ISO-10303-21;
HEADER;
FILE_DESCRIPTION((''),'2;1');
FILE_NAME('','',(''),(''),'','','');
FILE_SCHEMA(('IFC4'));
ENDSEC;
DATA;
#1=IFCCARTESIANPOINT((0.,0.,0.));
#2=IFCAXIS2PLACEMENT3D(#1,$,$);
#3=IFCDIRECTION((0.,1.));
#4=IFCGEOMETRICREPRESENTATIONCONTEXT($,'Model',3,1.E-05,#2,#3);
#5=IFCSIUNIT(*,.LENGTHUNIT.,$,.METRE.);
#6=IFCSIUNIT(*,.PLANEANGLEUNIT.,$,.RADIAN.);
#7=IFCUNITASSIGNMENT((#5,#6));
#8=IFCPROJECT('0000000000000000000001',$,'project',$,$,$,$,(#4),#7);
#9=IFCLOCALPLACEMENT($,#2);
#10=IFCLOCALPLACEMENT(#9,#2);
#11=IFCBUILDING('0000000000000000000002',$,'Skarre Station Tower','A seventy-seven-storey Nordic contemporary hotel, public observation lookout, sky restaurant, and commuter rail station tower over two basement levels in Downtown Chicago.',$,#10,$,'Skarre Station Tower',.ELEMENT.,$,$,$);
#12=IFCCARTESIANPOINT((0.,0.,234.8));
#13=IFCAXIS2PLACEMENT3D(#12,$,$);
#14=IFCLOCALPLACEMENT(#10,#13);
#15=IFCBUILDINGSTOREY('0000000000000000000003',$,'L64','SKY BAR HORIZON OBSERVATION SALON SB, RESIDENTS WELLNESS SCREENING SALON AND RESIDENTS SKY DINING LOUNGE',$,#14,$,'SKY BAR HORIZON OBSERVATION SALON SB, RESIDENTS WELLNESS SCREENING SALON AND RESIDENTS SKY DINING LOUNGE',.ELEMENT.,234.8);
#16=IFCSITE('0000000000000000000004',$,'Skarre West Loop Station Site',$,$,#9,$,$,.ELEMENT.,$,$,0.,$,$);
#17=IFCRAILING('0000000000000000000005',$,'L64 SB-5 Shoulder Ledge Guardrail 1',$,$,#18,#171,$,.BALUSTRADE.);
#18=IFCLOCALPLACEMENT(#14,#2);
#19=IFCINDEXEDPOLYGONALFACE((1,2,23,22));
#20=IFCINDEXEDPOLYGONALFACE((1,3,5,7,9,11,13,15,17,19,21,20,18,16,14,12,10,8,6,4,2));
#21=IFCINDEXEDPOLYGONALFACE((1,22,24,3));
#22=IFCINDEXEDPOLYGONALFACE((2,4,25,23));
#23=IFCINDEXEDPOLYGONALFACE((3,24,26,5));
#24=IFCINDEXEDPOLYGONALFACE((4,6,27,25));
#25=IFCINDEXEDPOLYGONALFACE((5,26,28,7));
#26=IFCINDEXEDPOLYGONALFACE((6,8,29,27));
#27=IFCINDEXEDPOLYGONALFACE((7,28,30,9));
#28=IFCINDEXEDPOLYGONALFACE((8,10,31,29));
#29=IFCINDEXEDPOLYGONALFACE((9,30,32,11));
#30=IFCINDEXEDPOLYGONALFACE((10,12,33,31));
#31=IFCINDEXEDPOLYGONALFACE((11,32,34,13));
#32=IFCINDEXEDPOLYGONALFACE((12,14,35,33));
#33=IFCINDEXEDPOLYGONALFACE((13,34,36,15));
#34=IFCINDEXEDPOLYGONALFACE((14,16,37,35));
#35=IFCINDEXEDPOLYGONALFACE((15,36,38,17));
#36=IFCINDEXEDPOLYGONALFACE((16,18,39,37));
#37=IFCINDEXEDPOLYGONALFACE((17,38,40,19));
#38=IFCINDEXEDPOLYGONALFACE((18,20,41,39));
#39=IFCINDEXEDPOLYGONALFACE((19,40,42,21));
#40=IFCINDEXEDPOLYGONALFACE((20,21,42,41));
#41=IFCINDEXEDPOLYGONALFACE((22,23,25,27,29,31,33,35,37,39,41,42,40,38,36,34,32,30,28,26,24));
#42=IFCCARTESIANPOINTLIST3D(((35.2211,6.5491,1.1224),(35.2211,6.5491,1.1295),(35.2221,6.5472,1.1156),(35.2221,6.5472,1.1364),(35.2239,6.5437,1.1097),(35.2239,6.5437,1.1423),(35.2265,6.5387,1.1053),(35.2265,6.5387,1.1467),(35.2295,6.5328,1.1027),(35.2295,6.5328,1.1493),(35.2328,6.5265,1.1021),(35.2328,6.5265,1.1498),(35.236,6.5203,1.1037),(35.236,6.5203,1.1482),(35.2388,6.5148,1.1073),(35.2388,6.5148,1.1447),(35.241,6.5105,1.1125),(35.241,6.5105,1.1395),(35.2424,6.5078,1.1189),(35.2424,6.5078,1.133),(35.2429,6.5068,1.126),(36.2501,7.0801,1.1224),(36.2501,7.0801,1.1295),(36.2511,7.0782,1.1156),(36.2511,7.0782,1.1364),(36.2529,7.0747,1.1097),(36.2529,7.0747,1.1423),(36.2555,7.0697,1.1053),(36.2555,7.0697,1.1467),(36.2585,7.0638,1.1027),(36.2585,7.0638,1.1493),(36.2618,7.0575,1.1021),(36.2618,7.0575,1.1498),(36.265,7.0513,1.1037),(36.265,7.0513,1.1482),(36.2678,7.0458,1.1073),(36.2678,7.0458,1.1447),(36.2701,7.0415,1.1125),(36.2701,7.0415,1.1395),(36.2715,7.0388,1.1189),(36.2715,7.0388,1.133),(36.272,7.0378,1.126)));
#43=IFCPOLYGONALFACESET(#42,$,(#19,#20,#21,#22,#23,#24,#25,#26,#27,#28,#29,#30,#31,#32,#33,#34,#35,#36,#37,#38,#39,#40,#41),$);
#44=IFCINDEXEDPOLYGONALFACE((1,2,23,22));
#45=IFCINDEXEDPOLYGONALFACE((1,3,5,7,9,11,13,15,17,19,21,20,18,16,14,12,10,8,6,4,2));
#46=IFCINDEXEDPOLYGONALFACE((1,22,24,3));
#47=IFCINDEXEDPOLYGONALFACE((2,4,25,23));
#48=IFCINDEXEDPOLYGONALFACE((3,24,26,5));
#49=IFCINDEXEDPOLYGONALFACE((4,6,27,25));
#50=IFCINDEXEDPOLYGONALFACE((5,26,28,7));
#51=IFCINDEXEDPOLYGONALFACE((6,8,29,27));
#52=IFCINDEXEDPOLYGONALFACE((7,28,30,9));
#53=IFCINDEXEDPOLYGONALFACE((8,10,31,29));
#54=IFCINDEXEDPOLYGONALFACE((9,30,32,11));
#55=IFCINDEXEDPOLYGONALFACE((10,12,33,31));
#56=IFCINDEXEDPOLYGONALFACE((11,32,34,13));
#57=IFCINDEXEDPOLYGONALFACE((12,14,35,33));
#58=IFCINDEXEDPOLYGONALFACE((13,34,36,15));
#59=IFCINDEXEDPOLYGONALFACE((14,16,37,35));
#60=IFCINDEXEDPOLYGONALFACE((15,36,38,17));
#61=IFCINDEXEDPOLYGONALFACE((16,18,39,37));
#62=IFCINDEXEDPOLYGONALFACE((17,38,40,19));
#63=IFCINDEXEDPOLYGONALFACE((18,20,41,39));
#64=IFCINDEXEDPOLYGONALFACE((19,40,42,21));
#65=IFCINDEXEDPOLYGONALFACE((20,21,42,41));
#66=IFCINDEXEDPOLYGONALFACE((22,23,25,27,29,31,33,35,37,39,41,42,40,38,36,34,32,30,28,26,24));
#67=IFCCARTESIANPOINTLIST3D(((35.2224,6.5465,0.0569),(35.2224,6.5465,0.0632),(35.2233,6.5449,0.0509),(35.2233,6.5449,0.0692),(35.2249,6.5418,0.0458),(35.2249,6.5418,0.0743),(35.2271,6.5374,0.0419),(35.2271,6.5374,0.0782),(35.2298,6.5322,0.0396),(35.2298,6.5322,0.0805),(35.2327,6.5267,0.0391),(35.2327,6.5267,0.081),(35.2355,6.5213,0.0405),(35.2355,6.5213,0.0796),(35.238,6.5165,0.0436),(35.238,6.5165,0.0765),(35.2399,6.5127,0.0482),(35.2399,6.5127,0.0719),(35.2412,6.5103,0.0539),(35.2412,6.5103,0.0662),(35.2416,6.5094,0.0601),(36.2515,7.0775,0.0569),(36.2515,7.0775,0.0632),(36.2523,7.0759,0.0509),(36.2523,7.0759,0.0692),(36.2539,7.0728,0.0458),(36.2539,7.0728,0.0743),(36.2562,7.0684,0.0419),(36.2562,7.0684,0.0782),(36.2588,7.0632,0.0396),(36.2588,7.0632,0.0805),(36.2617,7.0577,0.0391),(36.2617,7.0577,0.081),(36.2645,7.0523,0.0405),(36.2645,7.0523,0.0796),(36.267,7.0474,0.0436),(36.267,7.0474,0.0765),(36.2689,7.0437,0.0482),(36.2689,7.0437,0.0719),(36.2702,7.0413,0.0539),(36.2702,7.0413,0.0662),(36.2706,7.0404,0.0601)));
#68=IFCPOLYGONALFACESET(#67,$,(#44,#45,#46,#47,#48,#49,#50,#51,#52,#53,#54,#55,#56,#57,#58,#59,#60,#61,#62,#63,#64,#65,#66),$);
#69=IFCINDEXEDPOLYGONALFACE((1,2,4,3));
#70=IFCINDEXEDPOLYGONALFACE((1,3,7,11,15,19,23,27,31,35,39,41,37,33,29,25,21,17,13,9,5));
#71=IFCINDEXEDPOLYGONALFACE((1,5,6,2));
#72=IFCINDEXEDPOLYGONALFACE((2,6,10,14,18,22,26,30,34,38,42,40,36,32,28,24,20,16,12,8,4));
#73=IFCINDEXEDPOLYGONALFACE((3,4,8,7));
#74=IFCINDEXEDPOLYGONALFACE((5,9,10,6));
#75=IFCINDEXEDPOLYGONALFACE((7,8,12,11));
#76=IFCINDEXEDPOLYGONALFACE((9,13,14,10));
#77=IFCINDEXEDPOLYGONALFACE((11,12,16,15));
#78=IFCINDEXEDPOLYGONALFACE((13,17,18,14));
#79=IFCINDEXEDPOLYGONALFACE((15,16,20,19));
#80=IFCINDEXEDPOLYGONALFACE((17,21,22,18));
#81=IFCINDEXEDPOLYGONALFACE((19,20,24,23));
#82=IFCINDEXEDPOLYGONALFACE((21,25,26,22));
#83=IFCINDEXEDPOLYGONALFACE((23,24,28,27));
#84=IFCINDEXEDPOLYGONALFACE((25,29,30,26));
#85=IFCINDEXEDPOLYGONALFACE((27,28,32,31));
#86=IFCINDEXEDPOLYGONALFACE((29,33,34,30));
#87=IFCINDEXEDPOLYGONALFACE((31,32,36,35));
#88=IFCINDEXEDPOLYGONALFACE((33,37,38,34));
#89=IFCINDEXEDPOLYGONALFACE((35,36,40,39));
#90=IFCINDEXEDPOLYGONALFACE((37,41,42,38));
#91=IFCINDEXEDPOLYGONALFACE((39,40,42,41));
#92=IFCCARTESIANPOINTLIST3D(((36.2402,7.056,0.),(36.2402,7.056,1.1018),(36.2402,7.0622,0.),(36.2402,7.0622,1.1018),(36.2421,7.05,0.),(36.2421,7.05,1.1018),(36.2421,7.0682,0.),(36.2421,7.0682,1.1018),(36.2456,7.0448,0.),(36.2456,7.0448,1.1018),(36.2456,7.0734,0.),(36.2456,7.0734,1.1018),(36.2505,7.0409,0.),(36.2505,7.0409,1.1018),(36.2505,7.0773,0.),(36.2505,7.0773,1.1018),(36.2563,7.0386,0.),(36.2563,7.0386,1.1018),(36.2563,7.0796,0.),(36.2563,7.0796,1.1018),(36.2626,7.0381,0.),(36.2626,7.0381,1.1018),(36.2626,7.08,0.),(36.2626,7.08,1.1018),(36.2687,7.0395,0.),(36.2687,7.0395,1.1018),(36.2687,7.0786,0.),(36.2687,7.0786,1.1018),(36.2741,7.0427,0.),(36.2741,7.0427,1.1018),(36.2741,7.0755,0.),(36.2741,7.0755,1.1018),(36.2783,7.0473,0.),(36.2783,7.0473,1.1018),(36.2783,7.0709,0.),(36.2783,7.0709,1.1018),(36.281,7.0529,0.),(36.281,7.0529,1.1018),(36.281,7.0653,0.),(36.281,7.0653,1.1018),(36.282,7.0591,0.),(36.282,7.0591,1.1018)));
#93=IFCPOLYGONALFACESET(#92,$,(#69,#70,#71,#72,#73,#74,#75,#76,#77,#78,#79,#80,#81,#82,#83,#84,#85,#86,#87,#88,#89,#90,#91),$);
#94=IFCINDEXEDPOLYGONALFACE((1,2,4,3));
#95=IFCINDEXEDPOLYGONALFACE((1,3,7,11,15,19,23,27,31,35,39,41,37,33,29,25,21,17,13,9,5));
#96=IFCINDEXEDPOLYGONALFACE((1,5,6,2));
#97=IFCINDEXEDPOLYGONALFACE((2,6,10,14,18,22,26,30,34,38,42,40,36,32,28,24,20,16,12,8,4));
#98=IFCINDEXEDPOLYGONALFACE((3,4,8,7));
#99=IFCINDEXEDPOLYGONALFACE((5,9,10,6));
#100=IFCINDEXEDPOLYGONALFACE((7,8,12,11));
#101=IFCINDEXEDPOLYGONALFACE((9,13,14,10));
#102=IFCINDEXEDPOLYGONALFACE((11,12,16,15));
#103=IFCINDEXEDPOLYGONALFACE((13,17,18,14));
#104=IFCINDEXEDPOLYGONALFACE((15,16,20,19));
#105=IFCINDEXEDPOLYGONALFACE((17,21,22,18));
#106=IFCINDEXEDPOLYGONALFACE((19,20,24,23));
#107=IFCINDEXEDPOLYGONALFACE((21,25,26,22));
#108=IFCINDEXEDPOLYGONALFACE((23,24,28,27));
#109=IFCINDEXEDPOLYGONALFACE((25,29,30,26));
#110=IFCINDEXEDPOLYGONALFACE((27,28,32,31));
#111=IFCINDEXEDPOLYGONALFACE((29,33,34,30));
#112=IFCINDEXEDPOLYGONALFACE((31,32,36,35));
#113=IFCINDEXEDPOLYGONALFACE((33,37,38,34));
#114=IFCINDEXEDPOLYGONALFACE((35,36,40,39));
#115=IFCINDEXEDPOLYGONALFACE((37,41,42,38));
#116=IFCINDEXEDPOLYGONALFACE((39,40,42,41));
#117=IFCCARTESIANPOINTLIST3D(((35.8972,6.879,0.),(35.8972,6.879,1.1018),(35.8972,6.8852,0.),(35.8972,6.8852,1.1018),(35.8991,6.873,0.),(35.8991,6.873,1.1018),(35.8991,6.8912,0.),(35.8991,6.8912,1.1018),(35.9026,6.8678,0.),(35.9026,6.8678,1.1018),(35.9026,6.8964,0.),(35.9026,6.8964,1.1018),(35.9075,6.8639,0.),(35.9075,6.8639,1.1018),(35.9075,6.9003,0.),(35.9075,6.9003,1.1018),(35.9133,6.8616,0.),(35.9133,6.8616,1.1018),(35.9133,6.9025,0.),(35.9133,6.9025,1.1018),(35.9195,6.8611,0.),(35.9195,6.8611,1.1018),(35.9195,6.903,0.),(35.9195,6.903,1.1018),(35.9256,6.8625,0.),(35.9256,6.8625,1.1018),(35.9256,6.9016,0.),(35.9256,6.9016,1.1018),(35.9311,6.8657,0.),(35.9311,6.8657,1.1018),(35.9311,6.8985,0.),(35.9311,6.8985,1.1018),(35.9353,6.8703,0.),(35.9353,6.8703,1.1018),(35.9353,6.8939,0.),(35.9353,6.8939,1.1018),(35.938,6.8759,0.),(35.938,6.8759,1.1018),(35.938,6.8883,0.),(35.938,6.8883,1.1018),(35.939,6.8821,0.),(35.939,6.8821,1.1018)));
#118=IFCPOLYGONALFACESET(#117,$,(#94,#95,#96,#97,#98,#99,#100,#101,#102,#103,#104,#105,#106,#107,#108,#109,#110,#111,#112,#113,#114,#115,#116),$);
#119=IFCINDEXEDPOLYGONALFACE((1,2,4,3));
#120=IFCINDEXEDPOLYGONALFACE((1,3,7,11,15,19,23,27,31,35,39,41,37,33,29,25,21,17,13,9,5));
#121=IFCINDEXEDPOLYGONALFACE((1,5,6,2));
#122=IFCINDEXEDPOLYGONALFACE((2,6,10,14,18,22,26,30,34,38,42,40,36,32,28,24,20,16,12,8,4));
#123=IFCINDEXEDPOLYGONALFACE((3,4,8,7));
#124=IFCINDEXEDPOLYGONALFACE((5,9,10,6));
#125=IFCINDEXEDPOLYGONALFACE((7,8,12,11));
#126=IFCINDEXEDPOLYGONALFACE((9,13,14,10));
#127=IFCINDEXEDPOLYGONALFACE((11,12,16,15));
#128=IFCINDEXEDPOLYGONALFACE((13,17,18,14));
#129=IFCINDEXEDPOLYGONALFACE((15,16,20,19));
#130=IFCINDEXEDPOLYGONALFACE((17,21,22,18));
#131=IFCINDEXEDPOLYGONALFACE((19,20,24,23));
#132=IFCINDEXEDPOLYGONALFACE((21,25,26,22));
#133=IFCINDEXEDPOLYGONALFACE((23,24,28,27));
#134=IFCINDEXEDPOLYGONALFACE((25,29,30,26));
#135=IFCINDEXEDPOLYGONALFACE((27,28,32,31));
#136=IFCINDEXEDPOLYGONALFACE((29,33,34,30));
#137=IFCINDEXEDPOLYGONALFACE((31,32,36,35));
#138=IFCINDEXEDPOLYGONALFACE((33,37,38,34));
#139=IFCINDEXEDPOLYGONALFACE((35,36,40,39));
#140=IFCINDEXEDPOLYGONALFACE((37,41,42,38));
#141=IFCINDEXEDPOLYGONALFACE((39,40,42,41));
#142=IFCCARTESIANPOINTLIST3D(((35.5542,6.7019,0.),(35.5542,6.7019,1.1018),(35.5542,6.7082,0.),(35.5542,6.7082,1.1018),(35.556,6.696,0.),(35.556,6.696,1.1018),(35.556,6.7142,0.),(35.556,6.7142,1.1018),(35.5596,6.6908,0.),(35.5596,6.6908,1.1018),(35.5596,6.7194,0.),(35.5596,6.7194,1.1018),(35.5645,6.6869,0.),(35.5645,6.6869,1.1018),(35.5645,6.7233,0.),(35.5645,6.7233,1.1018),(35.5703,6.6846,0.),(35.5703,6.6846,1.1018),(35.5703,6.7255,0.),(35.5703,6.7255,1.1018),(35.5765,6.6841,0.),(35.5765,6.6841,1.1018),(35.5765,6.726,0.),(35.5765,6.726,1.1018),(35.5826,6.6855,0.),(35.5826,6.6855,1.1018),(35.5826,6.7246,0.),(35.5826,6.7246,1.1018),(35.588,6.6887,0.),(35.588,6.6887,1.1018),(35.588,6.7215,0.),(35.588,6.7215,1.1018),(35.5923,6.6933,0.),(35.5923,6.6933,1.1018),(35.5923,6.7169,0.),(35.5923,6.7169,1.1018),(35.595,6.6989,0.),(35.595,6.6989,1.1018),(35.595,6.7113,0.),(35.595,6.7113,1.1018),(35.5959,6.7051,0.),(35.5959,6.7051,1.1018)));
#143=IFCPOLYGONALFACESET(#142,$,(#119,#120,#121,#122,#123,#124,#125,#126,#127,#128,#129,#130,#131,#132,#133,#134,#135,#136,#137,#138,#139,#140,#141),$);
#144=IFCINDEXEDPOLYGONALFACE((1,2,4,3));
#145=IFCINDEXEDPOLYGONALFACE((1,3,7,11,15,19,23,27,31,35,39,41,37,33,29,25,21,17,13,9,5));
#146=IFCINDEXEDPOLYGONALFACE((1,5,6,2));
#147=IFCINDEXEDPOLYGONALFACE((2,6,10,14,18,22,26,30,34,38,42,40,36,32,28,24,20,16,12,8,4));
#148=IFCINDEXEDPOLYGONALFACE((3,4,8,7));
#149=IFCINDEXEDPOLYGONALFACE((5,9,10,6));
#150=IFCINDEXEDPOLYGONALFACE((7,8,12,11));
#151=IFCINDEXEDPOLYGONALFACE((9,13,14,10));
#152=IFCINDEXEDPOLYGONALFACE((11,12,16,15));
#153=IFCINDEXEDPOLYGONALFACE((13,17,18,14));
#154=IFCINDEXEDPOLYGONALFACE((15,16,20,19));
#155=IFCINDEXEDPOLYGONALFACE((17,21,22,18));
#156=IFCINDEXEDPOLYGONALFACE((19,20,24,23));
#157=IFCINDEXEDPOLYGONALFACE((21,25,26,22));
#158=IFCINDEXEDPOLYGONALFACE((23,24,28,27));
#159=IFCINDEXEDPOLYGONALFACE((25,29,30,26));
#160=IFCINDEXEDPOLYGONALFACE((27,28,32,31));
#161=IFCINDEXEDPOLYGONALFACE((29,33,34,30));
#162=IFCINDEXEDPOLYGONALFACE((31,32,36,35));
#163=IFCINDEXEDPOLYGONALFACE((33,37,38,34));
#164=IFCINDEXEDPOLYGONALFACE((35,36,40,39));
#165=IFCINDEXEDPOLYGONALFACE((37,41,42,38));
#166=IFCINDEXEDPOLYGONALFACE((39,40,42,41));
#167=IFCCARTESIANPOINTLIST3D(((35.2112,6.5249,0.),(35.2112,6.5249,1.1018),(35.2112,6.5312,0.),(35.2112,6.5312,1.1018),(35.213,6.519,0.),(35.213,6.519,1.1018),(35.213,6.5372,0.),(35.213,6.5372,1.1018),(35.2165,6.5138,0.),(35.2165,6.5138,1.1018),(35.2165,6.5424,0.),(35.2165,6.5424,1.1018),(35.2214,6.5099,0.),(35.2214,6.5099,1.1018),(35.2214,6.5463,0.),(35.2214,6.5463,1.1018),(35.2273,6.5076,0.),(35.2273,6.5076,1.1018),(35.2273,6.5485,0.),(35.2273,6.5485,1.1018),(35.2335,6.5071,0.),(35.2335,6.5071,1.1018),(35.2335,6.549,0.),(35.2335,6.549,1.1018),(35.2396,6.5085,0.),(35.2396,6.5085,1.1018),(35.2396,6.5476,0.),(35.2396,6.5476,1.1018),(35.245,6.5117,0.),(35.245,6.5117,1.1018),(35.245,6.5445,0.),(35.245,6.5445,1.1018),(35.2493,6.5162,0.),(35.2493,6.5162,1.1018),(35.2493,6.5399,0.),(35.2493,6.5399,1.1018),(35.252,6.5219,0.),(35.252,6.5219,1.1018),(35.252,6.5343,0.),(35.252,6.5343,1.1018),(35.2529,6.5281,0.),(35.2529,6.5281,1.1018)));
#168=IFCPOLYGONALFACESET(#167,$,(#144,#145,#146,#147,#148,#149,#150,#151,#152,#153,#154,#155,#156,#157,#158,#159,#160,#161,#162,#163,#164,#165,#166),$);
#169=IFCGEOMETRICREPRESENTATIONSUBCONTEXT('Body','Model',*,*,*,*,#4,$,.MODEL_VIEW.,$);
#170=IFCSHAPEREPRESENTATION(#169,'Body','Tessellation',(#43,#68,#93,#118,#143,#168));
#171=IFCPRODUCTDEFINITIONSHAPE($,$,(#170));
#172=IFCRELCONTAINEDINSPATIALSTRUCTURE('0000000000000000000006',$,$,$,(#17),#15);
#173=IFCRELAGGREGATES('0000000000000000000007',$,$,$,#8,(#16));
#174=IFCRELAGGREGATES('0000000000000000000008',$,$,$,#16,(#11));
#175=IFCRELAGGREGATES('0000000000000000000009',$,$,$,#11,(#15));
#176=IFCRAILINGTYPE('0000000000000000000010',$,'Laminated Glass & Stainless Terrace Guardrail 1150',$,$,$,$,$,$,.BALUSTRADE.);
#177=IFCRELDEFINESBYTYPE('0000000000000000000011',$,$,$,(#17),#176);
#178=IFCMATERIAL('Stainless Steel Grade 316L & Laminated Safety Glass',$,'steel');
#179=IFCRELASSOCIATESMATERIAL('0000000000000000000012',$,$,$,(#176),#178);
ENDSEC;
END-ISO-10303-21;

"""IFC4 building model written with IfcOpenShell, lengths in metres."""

from ifc_helpers import new_model, si_unit, direction, frame, origin, origin_2d, place, context, subcontext, project, spatial, circle, extrude, material, type_object, element, save


model = new_model("IFC4")

# Units and contexts
model_context = context("Model", 3, precision=1e-05, world=origin(), true_north=direction((0.0, 1.0)))
body_context = subcontext(model_context, "Body", "Model", "MODEL_VIEW")
ifc_project = project(units=[si_unit("LENGTHUNIT", "METRE"), si_unit("PLANEANGLEUNIT", "RADIAN")], contexts=[model_context])

# Site, building, storey
site_placement = place(None, origin())
site = spatial("IfcSite", under=ifc_project, at=site_placement, Name="Skarre West Loop Station Site", CompositionType="ELEMENT", RefElevation=0.0)
building_placement = place(site_placement, origin())
building = spatial("IfcBuilding", under=site, at=building_placement, Name="Skarre Station Tower", Description="A seventy-seven-storey Nordic contemporary hotel, public observation lookout, sky restaurant, and commuter rail station tower over two basement levels in Downtown Chicago.", LongName="Skarre Station Tower", CompositionType="ELEMENT")
storey_placement = place(building_placement, frame((0.0, 0.0, 234.8)))
storey = spatial("IfcBuildingStorey", under=building, at=storey_placement, Name="L64", Description="SKY BAR HORIZON OBSERVATION SALON SB, RESIDENTS WELLNESS SCREENING SALON AND RESIDENTS SKY DINING LOUNGE", LongName="SKY BAR HORIZON OBSERVATION SALON SB, RESIDENTS WELLNESS SCREENING SALON AND RESIDENTS SKY DINING LOUNGE", CompositionType="ELEMENT", Elevation=234.8)

# Railing
ifc_material_1 = material(Name="Stainless Steel Grade 316L & Laminated Safety Glass", Category="steel")
railing_type = type_object("IfcRailingType", Name="Laminated Glass & Stainless Terrace Guardrail 1150", PredefinedType="BALUSTRADE", material=ifc_material_1)
railing_placement = place(storey_placement, frame((36.261, 7.0591, 0.0)))
element("IfcRailing", 1, at=railing_placement, inside=storey, type_object=railing_type, Name="L64 SB-5 Shoulder Ledge Guardrail 1", PredefinedType="BALUSTRADE", context=body_context, shape_type="SweptSolid", body=[
    extrude(circle(Radius=0.0239, at=origin_2d()), frame((0.0, 0.0, 1.126), z_axis=(-0.888662, -0.458562, 0.0), x_axis=(0.458562, -0.888662, 0.0)), (0.0, 0.0, 1.0), 1.158),
    extrude(circle(Radius=0.021, at=origin_2d()), frame((0.0, 0.0, 0.0601), z_axis=(-0.888662, -0.458562, 0.0), x_axis=(0.458562, -0.888662, 0.0)), (0.0, 0.0, 1.0), 1.158),
    extrude(circle(Radius=0.021, at=origin_2d()), origin(), (0.0, 0.0, 1.0), 1.1018),
    extrude(circle(Radius=0.021, at=origin_2d()), frame((-0.343, -0.177, 0.0)), (0.0, 0.0, 1.0), 1.1018),
    extrude(circle(Radius=0.021, at=origin_2d()), frame((-0.686, -0.354, 0.0)), (0.0, 0.0, 1.0), 1.1018),
    extrude(circle(Radius=0.021, at=origin_2d()), frame((-1.0291, -0.531, 0.0)), (0.0, 0.0, 1.0), 1.1018),
])

save(model, "model.ifc")
